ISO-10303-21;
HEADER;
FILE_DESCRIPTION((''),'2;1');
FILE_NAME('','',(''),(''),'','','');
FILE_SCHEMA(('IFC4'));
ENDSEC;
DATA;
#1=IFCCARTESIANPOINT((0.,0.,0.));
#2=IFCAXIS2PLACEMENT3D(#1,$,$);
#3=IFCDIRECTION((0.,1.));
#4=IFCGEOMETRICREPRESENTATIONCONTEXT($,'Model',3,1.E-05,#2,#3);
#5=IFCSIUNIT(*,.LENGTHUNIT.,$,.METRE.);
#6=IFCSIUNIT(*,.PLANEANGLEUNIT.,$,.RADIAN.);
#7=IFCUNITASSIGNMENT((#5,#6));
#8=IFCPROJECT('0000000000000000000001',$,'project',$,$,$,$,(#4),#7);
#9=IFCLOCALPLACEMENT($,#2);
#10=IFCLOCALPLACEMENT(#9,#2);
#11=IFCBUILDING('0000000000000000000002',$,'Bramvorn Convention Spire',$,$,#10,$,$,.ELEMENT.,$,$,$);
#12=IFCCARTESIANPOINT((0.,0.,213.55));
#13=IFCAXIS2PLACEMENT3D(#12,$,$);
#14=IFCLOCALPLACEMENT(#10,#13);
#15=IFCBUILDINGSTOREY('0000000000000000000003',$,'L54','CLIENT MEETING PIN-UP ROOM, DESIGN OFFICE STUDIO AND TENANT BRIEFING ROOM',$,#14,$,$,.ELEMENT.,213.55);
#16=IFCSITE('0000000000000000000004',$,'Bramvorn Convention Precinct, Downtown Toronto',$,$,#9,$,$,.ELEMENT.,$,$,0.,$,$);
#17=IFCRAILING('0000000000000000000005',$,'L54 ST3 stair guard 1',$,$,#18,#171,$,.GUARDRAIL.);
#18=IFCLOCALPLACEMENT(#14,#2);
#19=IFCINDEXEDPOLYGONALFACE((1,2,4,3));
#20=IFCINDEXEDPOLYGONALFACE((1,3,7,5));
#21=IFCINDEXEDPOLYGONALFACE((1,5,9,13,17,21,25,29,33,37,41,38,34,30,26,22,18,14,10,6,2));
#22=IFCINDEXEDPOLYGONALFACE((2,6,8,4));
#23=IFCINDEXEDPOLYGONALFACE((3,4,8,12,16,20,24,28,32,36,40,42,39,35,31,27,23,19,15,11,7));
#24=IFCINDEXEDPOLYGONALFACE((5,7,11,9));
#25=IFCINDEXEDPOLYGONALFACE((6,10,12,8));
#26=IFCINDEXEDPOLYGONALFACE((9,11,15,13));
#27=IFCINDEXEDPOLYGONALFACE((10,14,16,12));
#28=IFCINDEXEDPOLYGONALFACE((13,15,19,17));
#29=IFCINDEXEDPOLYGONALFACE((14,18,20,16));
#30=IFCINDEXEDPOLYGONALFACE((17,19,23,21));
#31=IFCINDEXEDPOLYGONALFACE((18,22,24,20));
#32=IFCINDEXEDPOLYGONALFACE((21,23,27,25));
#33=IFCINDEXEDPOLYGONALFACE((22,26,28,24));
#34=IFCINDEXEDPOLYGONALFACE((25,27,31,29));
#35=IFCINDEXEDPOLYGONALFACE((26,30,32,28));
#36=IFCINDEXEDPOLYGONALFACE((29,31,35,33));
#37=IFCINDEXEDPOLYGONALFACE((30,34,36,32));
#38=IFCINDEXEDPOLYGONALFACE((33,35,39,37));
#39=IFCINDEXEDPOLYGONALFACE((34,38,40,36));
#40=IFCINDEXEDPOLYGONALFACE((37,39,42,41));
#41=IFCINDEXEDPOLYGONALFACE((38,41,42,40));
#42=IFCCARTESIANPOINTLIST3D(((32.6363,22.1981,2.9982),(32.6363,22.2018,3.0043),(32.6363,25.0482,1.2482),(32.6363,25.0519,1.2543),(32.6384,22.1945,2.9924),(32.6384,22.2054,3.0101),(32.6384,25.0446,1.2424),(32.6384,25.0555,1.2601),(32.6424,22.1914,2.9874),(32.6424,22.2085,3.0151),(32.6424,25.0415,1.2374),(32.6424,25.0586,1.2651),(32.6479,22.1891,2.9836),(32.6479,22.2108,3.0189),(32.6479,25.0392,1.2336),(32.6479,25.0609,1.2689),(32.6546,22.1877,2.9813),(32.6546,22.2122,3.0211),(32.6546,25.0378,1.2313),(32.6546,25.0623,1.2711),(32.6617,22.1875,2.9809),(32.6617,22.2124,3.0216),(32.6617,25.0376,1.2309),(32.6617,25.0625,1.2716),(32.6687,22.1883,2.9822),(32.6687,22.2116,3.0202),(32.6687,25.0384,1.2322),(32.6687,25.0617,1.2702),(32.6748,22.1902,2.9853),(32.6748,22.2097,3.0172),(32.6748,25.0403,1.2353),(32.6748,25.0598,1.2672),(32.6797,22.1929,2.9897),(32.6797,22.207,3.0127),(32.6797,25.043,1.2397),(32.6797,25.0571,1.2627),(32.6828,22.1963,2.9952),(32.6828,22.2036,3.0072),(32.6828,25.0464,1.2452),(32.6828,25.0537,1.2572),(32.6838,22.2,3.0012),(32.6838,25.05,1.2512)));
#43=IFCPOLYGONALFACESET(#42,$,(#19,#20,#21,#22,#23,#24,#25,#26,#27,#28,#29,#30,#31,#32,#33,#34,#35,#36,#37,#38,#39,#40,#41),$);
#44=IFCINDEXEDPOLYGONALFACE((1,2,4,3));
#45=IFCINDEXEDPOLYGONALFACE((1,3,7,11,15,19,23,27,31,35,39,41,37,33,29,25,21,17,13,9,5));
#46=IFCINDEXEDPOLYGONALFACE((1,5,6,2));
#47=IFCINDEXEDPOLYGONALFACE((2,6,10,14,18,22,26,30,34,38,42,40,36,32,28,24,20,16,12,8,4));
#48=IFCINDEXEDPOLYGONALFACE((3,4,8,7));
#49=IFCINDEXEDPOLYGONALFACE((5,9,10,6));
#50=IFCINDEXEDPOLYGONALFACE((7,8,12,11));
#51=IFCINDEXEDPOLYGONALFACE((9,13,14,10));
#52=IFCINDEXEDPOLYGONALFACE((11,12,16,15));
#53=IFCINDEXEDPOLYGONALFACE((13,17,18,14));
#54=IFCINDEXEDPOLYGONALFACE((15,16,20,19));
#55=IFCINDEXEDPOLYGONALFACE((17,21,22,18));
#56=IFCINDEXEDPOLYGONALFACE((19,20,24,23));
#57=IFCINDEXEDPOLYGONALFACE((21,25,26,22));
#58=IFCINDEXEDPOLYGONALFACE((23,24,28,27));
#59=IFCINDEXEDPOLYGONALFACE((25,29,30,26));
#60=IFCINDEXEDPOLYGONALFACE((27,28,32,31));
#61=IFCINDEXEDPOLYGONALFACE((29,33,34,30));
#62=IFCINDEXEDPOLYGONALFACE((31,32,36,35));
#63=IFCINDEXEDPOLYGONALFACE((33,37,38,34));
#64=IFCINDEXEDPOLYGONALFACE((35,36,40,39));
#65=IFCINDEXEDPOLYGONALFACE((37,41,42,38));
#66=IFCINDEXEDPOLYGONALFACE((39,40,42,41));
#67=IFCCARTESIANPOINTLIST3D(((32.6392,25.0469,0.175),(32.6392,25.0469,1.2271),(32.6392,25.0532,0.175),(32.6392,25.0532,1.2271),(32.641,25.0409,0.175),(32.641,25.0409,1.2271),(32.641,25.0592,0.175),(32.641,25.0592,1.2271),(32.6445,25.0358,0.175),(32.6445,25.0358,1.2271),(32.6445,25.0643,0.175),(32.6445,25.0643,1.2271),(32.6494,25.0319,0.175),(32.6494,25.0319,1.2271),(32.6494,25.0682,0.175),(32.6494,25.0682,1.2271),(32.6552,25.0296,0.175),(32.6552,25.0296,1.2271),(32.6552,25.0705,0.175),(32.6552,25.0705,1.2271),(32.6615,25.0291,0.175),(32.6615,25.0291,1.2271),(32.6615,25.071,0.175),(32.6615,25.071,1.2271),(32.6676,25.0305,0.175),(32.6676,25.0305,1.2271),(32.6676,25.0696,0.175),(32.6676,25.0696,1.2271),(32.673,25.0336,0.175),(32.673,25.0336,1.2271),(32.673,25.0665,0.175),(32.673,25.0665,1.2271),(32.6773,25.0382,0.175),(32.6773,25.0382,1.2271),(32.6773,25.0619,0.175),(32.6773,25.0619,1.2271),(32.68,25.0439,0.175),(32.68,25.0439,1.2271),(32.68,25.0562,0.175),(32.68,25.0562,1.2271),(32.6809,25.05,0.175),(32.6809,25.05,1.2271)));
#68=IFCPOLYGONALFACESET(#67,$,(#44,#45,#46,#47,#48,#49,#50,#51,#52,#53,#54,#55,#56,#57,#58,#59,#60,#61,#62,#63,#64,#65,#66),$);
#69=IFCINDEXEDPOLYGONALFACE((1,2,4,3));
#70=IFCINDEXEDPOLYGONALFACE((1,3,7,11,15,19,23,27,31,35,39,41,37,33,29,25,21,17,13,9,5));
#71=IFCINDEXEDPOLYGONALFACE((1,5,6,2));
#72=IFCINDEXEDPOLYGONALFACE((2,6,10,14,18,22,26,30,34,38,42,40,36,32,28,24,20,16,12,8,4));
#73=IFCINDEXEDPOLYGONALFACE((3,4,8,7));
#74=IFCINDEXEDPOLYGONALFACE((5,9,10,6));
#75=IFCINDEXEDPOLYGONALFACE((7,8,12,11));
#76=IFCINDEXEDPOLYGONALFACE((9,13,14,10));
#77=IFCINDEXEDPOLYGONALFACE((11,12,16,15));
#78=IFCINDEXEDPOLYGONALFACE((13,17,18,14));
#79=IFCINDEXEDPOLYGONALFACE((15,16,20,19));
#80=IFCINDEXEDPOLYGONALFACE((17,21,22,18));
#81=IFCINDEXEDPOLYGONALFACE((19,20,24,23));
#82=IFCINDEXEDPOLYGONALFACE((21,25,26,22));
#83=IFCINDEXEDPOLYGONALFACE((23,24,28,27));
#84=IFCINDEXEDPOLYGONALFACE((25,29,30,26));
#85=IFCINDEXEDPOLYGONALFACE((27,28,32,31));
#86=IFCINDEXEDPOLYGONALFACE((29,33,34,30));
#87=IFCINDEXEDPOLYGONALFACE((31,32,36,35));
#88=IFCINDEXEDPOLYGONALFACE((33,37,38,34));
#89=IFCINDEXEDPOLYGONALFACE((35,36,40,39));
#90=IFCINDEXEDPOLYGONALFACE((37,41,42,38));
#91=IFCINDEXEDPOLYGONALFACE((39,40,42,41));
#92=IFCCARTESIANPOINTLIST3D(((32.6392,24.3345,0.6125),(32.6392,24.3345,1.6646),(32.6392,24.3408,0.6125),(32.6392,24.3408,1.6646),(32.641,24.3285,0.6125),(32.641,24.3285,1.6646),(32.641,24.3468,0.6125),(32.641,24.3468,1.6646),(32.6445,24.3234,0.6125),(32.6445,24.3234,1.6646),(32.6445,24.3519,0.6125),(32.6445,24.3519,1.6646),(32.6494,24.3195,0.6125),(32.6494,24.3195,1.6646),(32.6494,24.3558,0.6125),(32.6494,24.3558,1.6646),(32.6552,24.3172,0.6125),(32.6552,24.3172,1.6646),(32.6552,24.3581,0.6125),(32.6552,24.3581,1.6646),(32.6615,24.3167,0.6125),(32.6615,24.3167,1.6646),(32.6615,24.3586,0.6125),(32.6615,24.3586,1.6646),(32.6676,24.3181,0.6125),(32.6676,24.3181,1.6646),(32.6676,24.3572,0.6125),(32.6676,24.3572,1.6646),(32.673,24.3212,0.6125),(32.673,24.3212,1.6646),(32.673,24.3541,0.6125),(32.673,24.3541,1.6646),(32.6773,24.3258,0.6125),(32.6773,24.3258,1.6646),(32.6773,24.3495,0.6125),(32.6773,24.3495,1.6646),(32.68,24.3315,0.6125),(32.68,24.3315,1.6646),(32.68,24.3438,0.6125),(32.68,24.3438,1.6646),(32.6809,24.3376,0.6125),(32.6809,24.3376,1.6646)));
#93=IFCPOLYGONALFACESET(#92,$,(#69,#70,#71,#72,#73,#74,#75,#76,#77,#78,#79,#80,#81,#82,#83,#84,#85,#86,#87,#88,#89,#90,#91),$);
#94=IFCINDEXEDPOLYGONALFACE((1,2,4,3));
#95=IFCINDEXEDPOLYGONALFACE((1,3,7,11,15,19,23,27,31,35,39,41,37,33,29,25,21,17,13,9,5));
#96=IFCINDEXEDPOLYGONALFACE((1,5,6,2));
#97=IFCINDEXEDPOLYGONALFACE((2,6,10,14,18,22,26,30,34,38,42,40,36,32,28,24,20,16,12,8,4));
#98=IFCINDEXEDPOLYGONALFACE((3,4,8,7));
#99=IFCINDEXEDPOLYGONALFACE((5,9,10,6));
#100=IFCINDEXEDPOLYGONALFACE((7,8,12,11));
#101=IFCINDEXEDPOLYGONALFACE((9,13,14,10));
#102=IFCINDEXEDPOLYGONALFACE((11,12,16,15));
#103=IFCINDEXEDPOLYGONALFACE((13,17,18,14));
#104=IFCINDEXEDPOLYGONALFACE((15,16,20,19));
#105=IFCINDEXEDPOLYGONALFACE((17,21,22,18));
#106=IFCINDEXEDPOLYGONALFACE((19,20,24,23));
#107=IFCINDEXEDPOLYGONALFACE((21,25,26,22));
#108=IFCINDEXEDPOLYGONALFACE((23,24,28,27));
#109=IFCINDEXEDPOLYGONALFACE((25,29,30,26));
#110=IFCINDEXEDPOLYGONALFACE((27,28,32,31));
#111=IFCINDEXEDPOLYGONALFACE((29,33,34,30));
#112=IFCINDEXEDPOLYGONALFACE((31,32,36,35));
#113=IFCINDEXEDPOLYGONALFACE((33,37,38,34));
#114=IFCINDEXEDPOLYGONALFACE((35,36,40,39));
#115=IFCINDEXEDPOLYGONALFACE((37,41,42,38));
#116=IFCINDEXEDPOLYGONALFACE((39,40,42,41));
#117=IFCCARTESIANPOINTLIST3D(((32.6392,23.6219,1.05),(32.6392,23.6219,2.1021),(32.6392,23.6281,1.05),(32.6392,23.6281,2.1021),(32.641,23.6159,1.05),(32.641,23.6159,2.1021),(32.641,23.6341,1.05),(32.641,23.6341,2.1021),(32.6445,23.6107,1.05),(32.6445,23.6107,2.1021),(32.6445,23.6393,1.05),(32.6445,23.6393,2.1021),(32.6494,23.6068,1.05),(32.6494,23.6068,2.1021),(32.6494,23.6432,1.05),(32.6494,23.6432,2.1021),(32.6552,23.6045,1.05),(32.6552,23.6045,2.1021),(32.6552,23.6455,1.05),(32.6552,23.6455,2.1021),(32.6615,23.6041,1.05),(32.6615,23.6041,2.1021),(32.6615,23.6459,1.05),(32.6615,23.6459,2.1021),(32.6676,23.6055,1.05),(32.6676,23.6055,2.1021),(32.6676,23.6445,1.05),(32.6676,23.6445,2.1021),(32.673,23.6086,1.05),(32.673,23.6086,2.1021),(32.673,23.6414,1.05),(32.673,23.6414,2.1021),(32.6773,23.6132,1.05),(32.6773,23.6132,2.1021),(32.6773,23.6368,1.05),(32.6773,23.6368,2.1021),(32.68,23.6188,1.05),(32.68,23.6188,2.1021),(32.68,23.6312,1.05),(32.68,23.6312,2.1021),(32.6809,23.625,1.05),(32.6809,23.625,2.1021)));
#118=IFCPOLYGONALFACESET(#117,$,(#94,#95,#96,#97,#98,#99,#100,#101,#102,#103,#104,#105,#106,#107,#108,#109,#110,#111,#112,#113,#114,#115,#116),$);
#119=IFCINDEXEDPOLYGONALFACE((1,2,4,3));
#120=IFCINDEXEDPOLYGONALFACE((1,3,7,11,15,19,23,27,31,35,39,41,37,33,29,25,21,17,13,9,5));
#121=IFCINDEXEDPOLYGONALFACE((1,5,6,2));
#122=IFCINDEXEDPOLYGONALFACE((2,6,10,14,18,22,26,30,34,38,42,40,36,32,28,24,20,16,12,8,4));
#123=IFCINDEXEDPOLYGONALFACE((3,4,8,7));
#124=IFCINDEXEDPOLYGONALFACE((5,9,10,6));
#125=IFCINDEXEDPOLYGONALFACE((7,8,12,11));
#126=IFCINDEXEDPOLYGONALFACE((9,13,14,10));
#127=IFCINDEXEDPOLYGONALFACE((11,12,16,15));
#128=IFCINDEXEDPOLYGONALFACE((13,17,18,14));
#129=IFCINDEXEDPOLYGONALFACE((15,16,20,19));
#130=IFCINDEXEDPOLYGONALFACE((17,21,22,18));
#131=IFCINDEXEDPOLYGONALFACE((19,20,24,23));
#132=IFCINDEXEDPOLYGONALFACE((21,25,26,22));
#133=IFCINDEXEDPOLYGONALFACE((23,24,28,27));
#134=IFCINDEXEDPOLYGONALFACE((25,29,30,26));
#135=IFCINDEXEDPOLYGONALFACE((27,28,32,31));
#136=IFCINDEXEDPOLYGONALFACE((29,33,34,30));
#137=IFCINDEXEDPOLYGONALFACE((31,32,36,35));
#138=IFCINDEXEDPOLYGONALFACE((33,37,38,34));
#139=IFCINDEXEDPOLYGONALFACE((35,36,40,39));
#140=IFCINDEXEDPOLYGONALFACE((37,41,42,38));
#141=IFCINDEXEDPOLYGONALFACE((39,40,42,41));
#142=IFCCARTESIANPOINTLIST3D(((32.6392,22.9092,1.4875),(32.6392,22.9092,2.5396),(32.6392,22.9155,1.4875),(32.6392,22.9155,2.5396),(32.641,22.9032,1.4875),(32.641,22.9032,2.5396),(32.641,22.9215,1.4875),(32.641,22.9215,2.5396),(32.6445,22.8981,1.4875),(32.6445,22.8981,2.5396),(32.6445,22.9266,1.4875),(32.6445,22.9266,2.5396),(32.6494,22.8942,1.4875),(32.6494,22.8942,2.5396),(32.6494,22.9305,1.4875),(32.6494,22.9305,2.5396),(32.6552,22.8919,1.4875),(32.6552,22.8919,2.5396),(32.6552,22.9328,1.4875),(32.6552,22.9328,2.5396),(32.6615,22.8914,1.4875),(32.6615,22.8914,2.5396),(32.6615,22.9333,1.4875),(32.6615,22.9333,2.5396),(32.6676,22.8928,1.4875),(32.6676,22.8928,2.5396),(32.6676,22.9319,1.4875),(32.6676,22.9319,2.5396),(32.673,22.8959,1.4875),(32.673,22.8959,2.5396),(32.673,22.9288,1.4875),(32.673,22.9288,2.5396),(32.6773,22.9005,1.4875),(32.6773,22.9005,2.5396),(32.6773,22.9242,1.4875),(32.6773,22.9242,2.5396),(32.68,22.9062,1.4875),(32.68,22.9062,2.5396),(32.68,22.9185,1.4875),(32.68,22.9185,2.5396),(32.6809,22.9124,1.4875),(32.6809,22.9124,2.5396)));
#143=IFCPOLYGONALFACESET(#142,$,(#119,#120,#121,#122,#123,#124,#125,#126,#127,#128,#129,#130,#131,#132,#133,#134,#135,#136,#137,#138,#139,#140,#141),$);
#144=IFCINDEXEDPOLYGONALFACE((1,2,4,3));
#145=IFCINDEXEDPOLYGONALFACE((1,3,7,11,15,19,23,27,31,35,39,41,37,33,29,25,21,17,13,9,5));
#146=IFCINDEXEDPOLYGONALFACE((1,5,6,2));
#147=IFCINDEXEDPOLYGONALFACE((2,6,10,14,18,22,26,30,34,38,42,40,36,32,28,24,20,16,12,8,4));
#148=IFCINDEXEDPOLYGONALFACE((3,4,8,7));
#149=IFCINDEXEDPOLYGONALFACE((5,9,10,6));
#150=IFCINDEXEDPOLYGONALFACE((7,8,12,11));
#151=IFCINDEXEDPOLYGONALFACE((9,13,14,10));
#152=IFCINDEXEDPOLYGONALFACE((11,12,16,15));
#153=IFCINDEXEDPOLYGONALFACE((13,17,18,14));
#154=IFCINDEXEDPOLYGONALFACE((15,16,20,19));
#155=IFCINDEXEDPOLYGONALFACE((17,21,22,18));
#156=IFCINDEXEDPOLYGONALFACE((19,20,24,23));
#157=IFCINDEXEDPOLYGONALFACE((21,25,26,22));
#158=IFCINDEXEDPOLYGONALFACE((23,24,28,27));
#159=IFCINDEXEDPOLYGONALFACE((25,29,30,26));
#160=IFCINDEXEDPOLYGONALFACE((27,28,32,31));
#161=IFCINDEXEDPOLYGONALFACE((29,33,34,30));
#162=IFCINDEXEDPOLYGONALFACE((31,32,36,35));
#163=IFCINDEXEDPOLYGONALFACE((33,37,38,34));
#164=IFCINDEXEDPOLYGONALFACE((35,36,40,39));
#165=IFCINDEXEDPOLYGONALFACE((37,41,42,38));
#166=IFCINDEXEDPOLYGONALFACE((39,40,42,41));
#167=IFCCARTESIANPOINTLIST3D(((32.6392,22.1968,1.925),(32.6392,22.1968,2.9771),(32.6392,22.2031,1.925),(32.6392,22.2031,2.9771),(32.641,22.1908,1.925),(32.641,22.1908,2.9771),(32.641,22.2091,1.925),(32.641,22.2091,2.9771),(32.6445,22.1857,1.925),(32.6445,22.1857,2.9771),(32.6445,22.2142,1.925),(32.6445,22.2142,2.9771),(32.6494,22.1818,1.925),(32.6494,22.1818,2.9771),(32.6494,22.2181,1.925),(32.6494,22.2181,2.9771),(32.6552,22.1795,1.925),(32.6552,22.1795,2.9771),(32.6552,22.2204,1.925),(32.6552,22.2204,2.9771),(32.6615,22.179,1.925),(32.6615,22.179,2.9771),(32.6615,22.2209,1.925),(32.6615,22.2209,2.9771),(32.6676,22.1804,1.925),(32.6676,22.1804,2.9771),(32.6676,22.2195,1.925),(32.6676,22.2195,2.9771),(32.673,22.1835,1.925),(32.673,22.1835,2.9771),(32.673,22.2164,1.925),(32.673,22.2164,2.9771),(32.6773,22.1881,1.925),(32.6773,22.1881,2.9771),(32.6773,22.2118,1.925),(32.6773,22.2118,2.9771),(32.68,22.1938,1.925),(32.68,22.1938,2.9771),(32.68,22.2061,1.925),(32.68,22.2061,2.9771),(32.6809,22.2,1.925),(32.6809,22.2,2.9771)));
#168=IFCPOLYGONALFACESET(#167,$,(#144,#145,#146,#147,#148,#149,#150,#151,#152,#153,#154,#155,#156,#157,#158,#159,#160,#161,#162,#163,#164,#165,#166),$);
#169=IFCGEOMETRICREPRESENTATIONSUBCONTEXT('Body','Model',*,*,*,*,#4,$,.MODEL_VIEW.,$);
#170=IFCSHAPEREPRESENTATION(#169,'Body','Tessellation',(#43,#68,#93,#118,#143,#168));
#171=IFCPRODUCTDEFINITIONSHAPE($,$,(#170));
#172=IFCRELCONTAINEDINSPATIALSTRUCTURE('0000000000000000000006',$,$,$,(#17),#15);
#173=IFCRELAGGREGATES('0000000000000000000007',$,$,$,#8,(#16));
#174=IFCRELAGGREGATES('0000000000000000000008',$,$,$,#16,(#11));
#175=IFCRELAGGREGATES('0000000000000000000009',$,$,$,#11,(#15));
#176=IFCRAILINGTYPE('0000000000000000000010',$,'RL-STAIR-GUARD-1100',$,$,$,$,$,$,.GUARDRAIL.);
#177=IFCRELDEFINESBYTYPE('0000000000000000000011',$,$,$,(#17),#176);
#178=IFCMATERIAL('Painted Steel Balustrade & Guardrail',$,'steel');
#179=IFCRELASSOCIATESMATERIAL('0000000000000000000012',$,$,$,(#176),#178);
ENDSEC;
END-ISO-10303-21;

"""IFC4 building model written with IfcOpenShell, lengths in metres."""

from ifc_helpers import new_model, si_unit, direction, frame, origin, origin_2d, place, context, subcontext, project, spatial, circle, extrude, material, type_object, element, save


model = new_model("IFC4")

# Units and contexts
model_context = context("Model", 3, precision=1e-05, world=origin(), true_north=direction((0.0, 1.0)))
body_context = subcontext(model_context, "Body", "Model", "MODEL_VIEW")
ifc_project = project(units=[si_unit("LENGTHUNIT", "METRE"), si_unit("PLANEANGLEUNIT", "RADIAN")], contexts=[model_context])

# Site, building, storey
site_placement = place(None, origin())
site = spatial("IfcSite", under=ifc_project, at=site_placement, Name="Bramvorn Convention Precinct, Downtown Toronto", CompositionType="ELEMENT", RefElevation=0.0)
building_placement = place(site_placement, origin())
building = spatial("IfcBuilding", under=site, at=building_placement, Name="Bramvorn Convention Spire", CompositionType="ELEMENT")
storey_placement = place(building_placement, frame((0.0, 0.0, 213.55)))
storey = spatial("IfcBuildingStorey", under=building, at=storey_placement, Name="L54", Description="CLIENT MEETING PIN-UP ROOM, DESIGN OFFICE STUDIO AND TENANT BRIEFING ROOM", CompositionType="ELEMENT", Elevation=213.55)

# Railing
ifc_material_1 = material(Name="Painted Steel Balustrade & Guardrail", Category="steel")
railing_type_1 = type_object("IfcRailingType", Name="RL-STAIR-GUARD-1100", PredefinedType="GUARDRAIL", material=ifc_material_1)
railing_1_placement = place(storey_placement, frame((32.6599, 25.05, 0.175)))
element("IfcRailing", 1, at=railing_1_placement, inside=storey, type_object=railing_type_1, Name="L54 ST3 stair guard 1", PredefinedType="GUARDRAIL", context=body_context, shape_type="SweptSolid", body=[
    extrude(circle(Radius=0.0239, at=origin_2d()), frame((0.0, 0.0, 1.0762), z_axis=(0.0, -0.852179, 0.52325), x_axis=(1.0, 0.0, 0.0)), (0.0, 0.0, 1.0), 3.3445),
    extrude(circle(Radius=0.021, at=origin_2d()), origin(), (0.0, 0.0, 1.0), 1.052),
    extrude(circle(Radius=0.021, at=origin_2d()), frame((0.0, -0.7124, 0.4375)), (0.0, 0.0, 1.0), 1.052),
    extrude(circle(Radius=0.021, at=origin_2d()), frame((0.0, -1.425, 0.875)), (0.0, 0.0, 1.0), 1.052),
    extrude(circle(Radius=0.021, at=origin_2d()), frame((0.0, -2.1377, 1.3125)), (0.0, 0.0, 1.0), 1.052),
    extrude(circle(Radius=0.021, at=origin_2d()), frame((0.0, -2.8501, 1.75)), (0.0, 0.0, 1.0), 1.052),
])

save(model, "model.ifc")
